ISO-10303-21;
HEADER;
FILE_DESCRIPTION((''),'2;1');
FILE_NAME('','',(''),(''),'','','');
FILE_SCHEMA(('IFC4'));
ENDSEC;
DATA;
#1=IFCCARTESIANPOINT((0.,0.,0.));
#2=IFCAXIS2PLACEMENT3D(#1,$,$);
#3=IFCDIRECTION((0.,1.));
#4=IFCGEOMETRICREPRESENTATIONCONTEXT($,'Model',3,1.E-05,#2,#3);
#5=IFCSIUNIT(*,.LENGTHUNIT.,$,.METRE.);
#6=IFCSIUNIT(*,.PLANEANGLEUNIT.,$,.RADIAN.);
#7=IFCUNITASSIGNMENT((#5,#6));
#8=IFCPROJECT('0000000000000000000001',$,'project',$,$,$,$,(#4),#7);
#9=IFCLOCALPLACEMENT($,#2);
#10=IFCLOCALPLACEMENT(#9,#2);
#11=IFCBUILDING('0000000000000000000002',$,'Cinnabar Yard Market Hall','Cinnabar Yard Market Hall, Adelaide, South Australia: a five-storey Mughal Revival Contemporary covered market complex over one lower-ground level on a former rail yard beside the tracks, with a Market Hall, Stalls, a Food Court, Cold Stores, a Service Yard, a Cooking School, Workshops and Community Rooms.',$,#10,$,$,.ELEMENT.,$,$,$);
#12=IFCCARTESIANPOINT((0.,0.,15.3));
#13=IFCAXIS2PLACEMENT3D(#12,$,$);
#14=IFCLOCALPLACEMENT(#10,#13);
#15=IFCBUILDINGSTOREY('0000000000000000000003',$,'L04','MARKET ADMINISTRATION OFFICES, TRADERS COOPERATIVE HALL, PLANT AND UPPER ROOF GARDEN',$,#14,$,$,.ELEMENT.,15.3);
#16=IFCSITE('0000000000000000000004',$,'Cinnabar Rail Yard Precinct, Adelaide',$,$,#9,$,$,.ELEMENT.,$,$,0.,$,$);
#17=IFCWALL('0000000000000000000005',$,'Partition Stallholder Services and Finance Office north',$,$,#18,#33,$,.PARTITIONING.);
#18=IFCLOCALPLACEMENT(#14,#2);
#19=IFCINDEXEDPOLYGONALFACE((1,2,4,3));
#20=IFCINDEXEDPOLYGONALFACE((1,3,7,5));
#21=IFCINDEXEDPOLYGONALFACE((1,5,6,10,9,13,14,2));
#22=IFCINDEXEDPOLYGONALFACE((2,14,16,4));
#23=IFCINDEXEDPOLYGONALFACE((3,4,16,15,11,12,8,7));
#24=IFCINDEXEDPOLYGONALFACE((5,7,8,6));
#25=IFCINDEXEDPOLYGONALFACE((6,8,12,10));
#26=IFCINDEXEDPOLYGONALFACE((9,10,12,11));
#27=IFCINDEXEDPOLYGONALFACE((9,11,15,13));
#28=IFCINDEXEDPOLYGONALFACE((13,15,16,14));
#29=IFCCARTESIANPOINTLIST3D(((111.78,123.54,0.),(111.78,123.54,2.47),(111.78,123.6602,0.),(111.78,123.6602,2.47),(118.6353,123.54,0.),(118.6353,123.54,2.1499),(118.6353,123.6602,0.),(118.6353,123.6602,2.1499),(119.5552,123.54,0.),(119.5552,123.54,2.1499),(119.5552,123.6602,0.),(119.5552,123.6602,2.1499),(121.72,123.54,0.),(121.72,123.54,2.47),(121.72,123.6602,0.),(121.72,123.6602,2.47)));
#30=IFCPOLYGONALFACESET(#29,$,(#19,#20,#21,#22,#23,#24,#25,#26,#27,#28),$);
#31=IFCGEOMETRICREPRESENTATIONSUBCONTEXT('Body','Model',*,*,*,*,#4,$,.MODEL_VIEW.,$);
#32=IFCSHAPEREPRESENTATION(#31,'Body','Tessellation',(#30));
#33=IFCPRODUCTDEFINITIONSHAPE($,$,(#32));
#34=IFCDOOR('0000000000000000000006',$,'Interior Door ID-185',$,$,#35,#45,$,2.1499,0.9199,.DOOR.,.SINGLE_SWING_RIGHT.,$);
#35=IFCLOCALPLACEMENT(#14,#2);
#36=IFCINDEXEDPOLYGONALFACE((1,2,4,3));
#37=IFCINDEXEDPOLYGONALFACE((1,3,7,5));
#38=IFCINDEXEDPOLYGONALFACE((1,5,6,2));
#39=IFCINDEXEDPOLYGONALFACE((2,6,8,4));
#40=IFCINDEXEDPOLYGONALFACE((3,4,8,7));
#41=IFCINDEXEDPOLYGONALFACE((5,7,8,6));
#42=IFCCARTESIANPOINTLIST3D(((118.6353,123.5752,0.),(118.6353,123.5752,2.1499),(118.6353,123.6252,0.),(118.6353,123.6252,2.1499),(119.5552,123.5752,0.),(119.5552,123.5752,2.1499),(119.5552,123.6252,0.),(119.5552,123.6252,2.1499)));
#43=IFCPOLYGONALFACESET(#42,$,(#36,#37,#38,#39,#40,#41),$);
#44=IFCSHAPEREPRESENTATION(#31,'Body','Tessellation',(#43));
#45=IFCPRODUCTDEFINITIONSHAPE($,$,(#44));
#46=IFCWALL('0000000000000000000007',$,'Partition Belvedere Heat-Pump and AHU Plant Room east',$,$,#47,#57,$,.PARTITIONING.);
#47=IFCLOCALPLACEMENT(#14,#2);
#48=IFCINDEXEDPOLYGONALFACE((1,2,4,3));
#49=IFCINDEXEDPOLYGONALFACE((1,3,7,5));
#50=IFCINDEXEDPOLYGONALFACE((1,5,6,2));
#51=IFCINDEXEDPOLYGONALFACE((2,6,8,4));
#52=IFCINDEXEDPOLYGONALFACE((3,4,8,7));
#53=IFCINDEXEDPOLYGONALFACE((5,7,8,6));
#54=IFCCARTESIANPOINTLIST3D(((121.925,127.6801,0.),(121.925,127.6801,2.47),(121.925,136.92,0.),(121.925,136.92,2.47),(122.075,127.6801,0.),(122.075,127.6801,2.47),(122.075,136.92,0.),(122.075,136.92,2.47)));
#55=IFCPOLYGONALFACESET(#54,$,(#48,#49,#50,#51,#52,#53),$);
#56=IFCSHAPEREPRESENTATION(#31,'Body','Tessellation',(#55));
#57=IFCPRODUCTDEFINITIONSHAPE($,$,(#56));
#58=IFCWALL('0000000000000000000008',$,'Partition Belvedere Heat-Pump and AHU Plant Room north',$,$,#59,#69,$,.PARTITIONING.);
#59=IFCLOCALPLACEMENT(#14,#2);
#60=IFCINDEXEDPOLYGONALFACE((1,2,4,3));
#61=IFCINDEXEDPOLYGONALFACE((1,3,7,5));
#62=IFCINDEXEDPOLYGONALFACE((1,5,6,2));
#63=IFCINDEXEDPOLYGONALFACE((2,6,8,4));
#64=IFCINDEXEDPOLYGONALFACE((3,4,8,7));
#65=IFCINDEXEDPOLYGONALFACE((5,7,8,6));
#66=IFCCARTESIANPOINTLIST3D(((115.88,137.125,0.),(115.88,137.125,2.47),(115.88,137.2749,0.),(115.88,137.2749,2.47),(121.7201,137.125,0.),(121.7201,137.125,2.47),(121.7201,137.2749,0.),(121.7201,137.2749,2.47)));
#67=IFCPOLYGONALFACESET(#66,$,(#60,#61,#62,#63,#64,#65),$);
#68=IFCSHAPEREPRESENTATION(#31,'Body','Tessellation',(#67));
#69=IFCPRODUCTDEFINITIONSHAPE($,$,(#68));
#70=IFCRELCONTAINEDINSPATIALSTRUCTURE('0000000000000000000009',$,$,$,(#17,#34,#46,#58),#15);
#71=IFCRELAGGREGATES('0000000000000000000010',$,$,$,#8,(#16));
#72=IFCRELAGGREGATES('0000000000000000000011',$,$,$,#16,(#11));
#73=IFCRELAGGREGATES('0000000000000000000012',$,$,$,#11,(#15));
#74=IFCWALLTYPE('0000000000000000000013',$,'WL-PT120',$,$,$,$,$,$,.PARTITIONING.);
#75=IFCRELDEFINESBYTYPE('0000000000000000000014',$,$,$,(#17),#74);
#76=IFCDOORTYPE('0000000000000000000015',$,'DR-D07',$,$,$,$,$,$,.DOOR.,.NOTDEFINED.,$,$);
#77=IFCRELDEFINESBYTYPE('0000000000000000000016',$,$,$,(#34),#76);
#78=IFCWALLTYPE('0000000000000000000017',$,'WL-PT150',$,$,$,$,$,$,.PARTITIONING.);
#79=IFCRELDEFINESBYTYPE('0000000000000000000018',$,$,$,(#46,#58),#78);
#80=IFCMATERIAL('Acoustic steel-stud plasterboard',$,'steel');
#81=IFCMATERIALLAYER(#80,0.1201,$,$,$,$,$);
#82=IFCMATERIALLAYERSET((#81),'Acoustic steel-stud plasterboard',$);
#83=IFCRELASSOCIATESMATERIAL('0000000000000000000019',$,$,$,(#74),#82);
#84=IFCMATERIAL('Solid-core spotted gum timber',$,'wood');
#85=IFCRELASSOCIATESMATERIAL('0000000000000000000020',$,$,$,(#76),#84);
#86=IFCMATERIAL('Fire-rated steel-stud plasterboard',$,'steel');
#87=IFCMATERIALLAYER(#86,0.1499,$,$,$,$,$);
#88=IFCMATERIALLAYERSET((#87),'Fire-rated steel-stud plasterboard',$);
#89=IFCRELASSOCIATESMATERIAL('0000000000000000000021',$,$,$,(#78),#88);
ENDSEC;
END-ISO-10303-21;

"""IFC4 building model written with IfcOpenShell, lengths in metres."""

from ifc_helpers import new_model, si_unit, direction, frame, frame_2d, origin, place, context, subcontext, project, spatial, rectangle, extrude, material, layer, layer_set, type_object, element, fill, save


model = new_model("IFC4")

# Units and contexts
model_context = context("Model", 3, precision=1e-05, world=origin(), true_north=direction((0.0, 1.0)))
body_context = subcontext(model_context, "Body", "Model", "MODEL_VIEW")
ifc_project = project(units=[si_unit("LENGTHUNIT", "METRE"), si_unit("PLANEANGLEUNIT", "RADIAN")], contexts=[model_context])

# Site, building, storey
site_placement = place(None, origin())
site = spatial("IfcSite", under=ifc_project, at=site_placement, Name="Cinnabar Rail Yard Precinct, Adelaide", CompositionType="ELEMENT", RefElevation=0.0)
building_placement = place(site_placement, origin())
building = spatial("IfcBuilding", under=site, at=building_placement, Name="Cinnabar Yard Market Hall", Description="Cinnabar Yard Market Hall, Adelaide, South Australia: a five-storey Mughal Revival Contemporary covered market complex over one lower-ground level on a former rail yard beside the tracks, with a Market Hall, Stalls, a Food Court, Cold Stores, a Service Yard, a Cooking School, Workshops and Community Rooms.", CompositionType="ELEMENT")
storey_placement = place(building_placement, frame((0.0, 0.0, 15.3)))
storey = spatial("IfcBuildingStorey", under=building, at=storey_placement, Name="L04", Description="MARKET ADMINISTRATION OFFICES, TRADERS COOPERATIVE HALL, PLANT AND UPPER ROOF GARDEN", CompositionType="ELEMENT", Elevation=15.3)

# Wall, opening, door
ifc_material_1 = material(Name="Acoustic steel-stud plasterboard", Category="steel")
ifc_layer_1 = layer(ifc_material_1, 0.1201)
ifc_layer_set_1 = layer_set([ifc_layer_1], Name="Acoustic steel-stud plasterboard")
wall_type_1 = type_object("IfcWallType", Name="WL-PT120", PredefinedType="PARTITIONING", material=ifc_layer_set_1)
wall_1_placement = place(storey_placement, frame((121.72, 123.6001, 0.0), z_axis=(0.0, 0.0, 1.0), x_axis=(-1.0, 0.0, 0.0)))
wall_1 = element("IfcWall", 1, at=wall_1_placement, inside=storey, type_object=wall_type_1, Name="Partition Stallholder Services and Finance Office north", PredefinedType="PARTITIONING", context=body_context, shape_type="SweptSolid", body=[
    extrude(rectangle(XDim=9.9399, YDim=0.1201, at=frame_2d((4.97, 0.0), x_axis=(1.0, 0.0))), origin(), (0.0, 0.0, 1.0), 2.47),
])
opening_1_placement = place(wall_1_placement, frame((2.1648, 0.0, 0.0)))
opening_1 = element("IfcOpeningElement", 2, at=opening_1_placement, cuts=wall_1, PredefinedType="OPENING", context=body_context, shape_type="SweptSolid", body=[
    extrude(rectangle(XDim=0.9199, YDim=2.1499, at=frame_2d((0.46, 1.075), x_axis=(1.0, 0.0))), frame((0.0, 0.0701, 0.0), z_axis=(0.0, -1.0, 0.0), x_axis=(1.0, 0.0, 0.0)), (0.0, 0.0, 1.0), 0.1401),
])
ifc_material_2 = material(Name="Solid-core spotted gum timber", Category="wood")
door_type_1 = type_object("IfcDoorType", Name="DR-D07", OperationType="NOTDEFINED", PredefinedType="DOOR", material=ifc_material_2)
door_1_placement = place(opening_1_placement, origin())
door_1 = element("IfcDoor", 3, at=door_1_placement, inside=storey, type_object=door_type_1, Name="Interior Door ID-185", OperationType="SINGLE_SWING_RIGHT", OverallHeight=2.1499, OverallWidth=0.9199, PredefinedType="DOOR", context=body_context, shape_type="SweptSolid", body=[
    extrude(rectangle(XDim=0.9199, YDim=2.1499, at=frame_2d((0.46, 1.075), x_axis=(1.0, 0.0))), frame((0.0, 0.0249, 0.0), z_axis=(0.0, -1.0, 0.0), x_axis=(1.0, 0.0, 0.0)), (0.0, 0.0, 1.0), 0.05),
])
fill(opening_1, door_1)
ifc_material_3 = material(Name="Fire-rated steel-stud plasterboard", Category="steel")
ifc_layer_2 = layer(ifc_material_3, 0.1499)
ifc_layer_set_2 = layer_set([ifc_layer_2], Name="Fire-rated steel-stud plasterboard")
wall_type_2 = type_object("IfcWallType", Name="WL-PT150", PredefinedType="PARTITIONING", material=ifc_layer_set_2)

# Walls
wall_2_placement = place(storey_placement, frame((122.0, 127.6799, 0.0), z_axis=(0.0, 0.0, 1.0), x_axis=(0.0, 1.0, 0.0)))
element("IfcWall", 4, at=wall_2_placement, inside=storey, type_object=wall_type_2, Name="Partition Belvedere Heat-Pump and AHU Plant Room east", PredefinedType="PARTITIONING", context=body_context, shape_type="SweptSolid", body=[
    extrude(rectangle(XDim=9.24, YDim=0.1499, at=frame_2d((4.6201, 0.0), x_axis=(1.0, 0.0))), origin(), (0.0, 0.0, 1.0), 2.47),
])
wall_3_placement = place(storey_placement, frame((121.72, 137.2, 0.0), z_axis=(0.0, 0.0, 1.0), x_axis=(-1.0, 0.0, 0.0)))
element("IfcWall", 5, at=wall_3_placement, inside=storey, type_object=wall_type_2, Name="Partition Belvedere Heat-Pump and AHU Plant Room north", PredefinedType="PARTITIONING", context=body_context, shape_type="SweptSolid", body=[
    extrude(rectangle(XDim=5.8401, YDim=0.1499, at=frame_2d((2.9199, 0.0), x_axis=(1.0, 0.0))), origin(), (0.0, 0.0, 1.0), 2.47),
])

save(model, "model.ifc")
